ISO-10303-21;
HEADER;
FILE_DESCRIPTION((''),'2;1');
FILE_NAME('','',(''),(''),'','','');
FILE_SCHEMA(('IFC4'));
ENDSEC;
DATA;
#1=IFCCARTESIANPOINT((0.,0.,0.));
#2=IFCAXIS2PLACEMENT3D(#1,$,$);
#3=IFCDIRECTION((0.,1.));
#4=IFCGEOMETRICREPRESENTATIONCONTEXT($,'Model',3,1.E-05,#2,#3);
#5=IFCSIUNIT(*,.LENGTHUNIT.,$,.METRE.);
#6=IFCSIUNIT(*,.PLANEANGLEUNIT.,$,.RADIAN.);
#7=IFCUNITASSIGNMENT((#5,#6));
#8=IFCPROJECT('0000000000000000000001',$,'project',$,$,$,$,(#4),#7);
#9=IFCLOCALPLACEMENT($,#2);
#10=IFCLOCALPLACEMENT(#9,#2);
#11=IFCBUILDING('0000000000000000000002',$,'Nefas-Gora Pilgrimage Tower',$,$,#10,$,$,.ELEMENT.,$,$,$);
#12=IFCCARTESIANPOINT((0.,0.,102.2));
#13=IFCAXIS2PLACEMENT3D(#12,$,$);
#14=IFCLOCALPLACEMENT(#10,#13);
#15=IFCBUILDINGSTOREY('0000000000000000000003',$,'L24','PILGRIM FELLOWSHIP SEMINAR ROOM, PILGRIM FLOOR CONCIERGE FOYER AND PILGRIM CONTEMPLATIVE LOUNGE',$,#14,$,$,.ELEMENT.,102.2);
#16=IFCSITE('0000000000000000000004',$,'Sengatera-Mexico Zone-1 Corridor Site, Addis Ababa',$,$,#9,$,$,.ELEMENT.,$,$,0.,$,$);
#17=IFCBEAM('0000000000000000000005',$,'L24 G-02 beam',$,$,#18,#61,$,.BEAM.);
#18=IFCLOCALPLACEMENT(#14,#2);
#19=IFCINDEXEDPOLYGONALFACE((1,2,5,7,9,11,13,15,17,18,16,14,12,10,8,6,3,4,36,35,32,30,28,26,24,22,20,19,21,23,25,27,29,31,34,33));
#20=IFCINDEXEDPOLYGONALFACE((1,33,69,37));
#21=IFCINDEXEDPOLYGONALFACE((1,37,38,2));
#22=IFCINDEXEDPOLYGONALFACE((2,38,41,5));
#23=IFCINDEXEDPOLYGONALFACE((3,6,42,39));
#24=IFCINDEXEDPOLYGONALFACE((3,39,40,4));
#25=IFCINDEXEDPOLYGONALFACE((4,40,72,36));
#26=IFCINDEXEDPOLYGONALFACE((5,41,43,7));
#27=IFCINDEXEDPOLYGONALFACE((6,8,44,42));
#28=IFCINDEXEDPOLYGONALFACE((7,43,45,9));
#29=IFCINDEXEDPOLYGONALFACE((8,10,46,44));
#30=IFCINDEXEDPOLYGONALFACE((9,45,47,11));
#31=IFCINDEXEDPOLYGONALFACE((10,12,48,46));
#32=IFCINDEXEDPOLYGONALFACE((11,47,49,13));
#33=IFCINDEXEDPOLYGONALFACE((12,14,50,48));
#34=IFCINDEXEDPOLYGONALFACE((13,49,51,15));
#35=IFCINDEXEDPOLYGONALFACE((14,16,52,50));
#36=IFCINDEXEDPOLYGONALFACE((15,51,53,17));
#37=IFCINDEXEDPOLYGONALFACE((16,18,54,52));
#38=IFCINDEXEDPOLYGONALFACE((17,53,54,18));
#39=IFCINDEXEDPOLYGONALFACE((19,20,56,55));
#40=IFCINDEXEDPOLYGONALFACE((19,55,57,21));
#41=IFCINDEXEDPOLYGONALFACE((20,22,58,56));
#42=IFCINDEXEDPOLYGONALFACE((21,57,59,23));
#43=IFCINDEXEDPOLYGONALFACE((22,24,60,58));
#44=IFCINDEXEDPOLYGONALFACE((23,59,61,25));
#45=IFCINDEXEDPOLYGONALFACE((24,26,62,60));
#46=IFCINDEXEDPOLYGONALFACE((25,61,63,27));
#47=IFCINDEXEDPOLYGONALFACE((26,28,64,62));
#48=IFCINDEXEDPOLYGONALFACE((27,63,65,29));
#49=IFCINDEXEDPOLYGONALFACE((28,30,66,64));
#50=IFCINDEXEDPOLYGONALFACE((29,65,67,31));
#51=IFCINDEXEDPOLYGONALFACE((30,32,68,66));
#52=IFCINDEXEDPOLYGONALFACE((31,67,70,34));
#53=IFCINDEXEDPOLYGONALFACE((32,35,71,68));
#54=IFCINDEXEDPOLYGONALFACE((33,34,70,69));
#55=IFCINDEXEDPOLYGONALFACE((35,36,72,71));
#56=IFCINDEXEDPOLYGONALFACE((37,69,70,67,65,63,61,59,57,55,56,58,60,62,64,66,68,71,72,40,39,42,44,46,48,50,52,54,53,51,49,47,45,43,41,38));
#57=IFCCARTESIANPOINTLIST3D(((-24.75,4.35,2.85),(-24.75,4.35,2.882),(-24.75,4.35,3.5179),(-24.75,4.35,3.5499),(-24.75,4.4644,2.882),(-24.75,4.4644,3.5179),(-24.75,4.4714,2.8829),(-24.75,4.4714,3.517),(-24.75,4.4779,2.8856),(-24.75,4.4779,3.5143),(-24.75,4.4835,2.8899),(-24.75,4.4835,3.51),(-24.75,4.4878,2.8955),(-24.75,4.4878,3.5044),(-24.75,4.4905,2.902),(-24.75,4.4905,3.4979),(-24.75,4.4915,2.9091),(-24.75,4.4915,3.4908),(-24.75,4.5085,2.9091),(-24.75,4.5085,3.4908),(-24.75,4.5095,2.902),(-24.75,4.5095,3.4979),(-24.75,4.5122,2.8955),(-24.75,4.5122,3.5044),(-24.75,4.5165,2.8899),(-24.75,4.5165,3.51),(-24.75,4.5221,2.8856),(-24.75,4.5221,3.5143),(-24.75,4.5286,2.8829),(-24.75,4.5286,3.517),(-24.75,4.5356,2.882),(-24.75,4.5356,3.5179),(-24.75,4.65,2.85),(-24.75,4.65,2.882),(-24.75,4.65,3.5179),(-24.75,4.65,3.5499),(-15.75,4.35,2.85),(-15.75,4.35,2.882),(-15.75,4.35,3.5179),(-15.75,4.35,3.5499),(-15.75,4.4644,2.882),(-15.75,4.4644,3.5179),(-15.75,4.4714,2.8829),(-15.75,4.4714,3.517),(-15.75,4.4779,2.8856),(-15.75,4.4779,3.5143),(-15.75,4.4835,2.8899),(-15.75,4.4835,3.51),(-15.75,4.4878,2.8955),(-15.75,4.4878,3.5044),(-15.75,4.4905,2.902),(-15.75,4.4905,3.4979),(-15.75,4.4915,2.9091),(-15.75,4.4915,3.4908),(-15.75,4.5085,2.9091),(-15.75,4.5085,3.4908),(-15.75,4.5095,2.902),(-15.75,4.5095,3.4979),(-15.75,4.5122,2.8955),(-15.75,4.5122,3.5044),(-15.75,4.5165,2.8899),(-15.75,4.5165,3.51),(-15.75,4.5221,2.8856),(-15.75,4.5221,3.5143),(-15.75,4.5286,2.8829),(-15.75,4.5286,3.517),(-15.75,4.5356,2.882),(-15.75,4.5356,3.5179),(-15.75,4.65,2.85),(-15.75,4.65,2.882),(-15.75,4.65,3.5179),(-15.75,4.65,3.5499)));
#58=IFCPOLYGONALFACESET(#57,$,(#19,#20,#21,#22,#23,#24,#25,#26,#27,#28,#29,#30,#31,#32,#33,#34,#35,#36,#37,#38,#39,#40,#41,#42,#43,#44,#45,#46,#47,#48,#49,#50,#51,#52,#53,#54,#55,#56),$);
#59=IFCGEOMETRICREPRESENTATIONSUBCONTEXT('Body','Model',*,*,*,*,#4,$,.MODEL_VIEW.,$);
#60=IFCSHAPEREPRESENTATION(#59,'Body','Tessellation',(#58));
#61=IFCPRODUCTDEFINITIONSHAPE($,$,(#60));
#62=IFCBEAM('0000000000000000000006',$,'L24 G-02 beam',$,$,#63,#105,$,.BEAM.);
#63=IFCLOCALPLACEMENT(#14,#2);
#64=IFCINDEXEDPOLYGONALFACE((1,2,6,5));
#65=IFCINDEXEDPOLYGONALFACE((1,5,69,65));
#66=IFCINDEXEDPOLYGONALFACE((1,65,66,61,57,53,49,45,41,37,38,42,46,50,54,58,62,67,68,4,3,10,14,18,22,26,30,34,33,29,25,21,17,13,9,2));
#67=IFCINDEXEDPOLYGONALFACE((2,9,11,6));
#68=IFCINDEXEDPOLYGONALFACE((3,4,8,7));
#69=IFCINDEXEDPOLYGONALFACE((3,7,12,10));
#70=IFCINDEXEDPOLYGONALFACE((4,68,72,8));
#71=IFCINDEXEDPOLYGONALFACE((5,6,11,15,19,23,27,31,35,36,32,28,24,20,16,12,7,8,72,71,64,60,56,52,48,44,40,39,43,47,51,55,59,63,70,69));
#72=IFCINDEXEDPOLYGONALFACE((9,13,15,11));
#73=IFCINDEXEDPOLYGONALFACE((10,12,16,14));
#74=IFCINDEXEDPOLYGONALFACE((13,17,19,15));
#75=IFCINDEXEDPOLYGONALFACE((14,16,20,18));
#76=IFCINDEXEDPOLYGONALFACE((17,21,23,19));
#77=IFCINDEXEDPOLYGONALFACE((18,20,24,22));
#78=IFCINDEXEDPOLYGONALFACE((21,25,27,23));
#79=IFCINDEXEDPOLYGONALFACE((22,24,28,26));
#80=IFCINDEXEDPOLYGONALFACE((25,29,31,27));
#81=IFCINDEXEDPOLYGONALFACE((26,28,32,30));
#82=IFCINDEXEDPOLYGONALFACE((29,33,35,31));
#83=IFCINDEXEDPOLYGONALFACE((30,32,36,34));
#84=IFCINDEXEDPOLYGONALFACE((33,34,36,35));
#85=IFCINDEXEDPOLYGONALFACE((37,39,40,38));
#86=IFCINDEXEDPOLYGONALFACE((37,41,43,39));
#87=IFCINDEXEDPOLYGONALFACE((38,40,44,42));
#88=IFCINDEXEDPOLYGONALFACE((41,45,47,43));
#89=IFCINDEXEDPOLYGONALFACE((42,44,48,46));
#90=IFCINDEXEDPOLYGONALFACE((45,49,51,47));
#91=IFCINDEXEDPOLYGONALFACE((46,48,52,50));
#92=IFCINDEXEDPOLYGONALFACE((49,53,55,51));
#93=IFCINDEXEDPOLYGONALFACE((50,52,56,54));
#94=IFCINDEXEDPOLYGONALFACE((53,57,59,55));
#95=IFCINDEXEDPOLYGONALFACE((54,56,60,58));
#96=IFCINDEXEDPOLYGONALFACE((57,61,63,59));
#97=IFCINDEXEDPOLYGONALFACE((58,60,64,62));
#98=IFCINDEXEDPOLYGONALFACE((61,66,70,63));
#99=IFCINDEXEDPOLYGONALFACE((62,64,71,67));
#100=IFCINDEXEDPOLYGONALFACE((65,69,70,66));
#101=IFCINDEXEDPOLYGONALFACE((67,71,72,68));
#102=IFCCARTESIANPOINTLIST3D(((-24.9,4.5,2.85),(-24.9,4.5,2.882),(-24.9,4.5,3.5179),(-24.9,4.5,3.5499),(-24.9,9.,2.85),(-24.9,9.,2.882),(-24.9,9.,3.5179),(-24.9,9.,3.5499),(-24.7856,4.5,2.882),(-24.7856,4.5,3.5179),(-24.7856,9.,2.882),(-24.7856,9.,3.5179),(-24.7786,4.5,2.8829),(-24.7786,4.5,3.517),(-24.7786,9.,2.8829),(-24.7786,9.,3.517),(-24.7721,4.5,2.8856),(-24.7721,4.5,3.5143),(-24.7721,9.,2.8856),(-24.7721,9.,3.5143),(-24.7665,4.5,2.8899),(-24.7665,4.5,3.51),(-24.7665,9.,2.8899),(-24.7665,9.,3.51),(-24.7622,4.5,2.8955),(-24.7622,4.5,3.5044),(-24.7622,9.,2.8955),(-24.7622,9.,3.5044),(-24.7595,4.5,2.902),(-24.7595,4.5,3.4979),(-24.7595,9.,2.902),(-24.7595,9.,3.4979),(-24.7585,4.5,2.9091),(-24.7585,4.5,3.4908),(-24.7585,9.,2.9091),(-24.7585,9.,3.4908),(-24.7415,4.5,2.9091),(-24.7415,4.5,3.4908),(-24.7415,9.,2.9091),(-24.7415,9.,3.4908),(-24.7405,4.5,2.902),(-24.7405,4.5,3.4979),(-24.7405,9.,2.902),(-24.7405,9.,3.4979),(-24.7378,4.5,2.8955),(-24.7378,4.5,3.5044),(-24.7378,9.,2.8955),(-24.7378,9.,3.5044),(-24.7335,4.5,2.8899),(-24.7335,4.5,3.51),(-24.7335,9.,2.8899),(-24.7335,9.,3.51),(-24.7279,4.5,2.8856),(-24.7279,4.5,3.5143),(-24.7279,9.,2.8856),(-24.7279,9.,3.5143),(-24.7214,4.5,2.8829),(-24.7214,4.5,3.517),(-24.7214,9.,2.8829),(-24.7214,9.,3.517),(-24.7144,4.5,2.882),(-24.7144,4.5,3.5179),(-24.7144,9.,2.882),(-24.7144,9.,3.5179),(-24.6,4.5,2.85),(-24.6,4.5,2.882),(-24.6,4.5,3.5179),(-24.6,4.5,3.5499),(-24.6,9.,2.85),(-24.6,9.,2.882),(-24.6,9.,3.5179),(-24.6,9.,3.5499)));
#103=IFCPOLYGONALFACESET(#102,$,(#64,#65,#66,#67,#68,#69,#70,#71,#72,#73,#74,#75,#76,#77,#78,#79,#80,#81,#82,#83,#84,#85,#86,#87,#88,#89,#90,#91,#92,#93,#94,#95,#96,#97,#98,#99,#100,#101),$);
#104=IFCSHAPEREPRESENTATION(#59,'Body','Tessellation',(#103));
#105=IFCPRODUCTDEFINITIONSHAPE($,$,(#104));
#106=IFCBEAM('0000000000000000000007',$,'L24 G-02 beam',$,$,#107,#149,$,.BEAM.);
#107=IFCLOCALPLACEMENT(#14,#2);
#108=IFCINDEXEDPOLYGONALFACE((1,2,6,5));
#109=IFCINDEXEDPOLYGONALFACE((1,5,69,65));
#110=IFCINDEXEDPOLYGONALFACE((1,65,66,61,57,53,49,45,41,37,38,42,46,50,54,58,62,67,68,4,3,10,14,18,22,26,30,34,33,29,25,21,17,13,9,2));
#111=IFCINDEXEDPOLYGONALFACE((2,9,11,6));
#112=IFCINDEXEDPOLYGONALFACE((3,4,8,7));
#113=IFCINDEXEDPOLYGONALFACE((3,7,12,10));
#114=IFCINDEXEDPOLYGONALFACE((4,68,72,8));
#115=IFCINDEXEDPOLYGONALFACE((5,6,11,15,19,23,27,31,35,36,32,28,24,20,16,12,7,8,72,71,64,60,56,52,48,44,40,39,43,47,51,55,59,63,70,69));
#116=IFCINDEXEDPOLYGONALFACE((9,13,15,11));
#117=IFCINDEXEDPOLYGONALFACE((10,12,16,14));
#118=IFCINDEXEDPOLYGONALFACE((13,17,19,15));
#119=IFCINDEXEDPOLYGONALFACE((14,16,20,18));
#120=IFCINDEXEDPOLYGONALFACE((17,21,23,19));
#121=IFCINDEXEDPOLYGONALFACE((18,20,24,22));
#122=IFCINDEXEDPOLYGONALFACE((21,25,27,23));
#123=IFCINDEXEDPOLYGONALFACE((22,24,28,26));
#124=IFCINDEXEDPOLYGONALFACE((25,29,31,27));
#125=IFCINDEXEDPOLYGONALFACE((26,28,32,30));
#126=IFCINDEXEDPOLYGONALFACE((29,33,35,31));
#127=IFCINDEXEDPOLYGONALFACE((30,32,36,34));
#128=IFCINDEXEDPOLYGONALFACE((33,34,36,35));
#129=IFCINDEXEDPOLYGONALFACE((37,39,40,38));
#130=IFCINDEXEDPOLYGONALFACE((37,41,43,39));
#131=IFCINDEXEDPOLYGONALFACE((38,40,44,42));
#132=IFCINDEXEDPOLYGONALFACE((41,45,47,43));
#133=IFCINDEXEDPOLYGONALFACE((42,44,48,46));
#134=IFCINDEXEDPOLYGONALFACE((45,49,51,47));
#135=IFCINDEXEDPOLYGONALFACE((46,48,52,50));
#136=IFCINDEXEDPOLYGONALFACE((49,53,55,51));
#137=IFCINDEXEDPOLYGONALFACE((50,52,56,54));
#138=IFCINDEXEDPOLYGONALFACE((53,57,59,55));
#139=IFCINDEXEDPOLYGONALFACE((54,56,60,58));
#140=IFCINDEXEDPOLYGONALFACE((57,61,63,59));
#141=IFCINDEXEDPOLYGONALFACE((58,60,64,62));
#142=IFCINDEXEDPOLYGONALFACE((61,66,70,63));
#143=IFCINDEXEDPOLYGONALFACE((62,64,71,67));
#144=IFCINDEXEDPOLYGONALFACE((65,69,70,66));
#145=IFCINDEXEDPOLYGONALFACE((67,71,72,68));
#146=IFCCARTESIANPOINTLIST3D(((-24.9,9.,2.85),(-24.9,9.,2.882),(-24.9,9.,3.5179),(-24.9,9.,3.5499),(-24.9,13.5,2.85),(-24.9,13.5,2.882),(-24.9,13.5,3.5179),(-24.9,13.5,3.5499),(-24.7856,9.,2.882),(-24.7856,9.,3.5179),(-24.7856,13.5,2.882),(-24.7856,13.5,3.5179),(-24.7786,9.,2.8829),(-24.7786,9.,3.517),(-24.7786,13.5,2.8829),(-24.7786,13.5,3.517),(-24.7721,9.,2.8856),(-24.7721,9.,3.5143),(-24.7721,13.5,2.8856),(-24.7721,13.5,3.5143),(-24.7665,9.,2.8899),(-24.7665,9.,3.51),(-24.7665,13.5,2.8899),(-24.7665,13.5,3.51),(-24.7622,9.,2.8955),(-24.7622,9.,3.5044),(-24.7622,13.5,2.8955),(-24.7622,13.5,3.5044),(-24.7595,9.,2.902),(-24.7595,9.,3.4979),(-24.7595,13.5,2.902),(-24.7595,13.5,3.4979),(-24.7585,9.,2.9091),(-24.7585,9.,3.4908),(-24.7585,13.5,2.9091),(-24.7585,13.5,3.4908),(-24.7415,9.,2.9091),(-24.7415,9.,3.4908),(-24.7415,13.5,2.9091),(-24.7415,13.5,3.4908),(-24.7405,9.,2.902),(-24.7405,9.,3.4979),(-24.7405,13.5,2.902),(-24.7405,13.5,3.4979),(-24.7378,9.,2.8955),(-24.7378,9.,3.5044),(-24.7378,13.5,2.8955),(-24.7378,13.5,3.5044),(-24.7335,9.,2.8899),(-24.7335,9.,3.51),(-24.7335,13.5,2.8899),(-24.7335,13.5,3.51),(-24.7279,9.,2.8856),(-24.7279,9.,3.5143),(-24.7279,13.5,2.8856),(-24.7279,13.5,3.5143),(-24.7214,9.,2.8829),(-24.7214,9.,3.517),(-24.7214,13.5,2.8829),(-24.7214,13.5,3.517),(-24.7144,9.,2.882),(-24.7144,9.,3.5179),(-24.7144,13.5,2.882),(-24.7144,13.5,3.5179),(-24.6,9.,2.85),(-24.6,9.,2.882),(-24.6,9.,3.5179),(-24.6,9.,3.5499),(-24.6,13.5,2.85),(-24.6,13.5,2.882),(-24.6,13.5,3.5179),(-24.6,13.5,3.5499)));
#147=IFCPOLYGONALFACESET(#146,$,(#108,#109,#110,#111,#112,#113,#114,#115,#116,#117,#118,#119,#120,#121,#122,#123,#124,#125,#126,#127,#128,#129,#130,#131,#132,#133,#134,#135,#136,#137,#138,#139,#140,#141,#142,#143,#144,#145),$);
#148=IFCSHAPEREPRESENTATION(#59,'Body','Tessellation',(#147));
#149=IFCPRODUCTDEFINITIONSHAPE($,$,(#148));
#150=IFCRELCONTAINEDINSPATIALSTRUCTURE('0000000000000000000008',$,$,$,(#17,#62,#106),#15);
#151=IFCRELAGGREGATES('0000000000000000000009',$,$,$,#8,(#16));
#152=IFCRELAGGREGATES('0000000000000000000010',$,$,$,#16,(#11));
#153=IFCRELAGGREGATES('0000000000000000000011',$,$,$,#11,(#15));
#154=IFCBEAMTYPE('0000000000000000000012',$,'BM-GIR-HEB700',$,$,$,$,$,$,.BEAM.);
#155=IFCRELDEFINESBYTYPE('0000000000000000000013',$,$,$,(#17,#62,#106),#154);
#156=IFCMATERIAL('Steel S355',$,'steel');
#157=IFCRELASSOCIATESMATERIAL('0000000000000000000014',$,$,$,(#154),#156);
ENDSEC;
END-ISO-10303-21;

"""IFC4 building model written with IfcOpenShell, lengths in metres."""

from ifc_helpers import new_model, si_unit, direction, frame, origin, origin_2d, place, context, subcontext, project, spatial, i_section, extrude, source, transform, mapped, material, material_profile, profile_set, type_object, element, save


model = new_model("IFC4")

# Units and contexts
model_context = context("Model", 3, precision=1e-05, world=origin(), true_north=direction((0.0, 1.0)))
body_context = subcontext(model_context, "Body", "Model", "MODEL_VIEW")
ifc_project = project(units=[si_unit("LENGTHUNIT", "METRE"), si_unit("PLANEANGLEUNIT", "RADIAN")], contexts=[model_context])

# Site, building, storey
site_placement = place(None, origin())
site = spatial("IfcSite", under=ifc_project, at=site_placement, Name="Sengatera-Mexico Zone-1 Corridor Site, Addis Ababa", CompositionType="ELEMENT", RefElevation=0.0)
building_placement = place(site_placement, origin())
building = spatial("IfcBuilding", under=site, at=building_placement, Name="Nefas-Gora Pilgrimage Tower", CompositionType="ELEMENT")
storey_placement = place(building_placement, frame((0.0, 0.0, 102.2)))
storey = spatial("IfcBuildingStorey", under=building, at=storey_placement, Name="L24", Description="PILGRIM FELLOWSHIP SEMINAR ROOM, PILGRIM FLOOR CONCIERGE FOYER AND PILGRIM CONTEMPLATIVE LOUNGE", CompositionType="ELEMENT", Elevation=102.2)

# Beams
ifc_material_1 = material(Name="Steel S355", Category="steel")
ifc_material_profile_1 = material_profile(ifc_material_1, i_section(OverallWidth=0.3, OverallDepth=0.7, WebThickness=0.0171, FlangeThickness=0.032, FilletRadius=0.0271, at=origin_2d()), Name="HEB 700")
ifc_profile_set_1 = profile_set([ifc_material_profile_1], Name="Steel S355")
beam_type_1 = type_object("IfcBeamType", Name="BM-GIR-HEB700", PredefinedType="BEAM", material=ifc_profile_set_1)
shared_shape_1 = source(origin(), body_context, "Body", "SweptSolid", [
    extrude(i_section(OverallWidth=0.3, OverallDepth=0.7, WebThickness=0.0171, FlangeThickness=0.032, FilletRadius=0.0271, at=origin_2d()), origin(), (0.0, 0.0, 1.0), 9.0),
])
for number, where, z_axis, x_axis, name in (
    (1, (-24.75, 4.5, 3.2), (1.0, 0.0, 0.0), (0.0, 1.0, 0.0), "L24 G-02 beam"),
):
    element("IfcBeam", number, at=place(storey_placement, frame(where, z_axis=z_axis, x_axis=x_axis)), inside=storey, type_object=beam_type_1, Name=name, PredefinedType="BEAM", context=body_context, shape_type="MappedRepresentation", body=[
        mapped(shared_shape_1, transform((0.0, 0.0, 0.0), x_axis=(1.0, 0.0, 0.0), y_axis=(0.0, 1.0, 0.0), z_axis=(0.0, 0.0, 1.0), scale=1.0)),
    ])
shared_shape_2 = source(origin(), body_context, "Body", "SweptSolid", [
    extrude(i_section(OverallWidth=0.3, OverallDepth=0.7, WebThickness=0.0171, FlangeThickness=0.032, FilletRadius=0.0271, at=origin_2d()), origin(), (0.0, 0.0, 1.0), 4.5),
])
for number, where, z_axis, x_axis, name in (
    (2, (-24.75, 4.5, 3.2), (0.0, 1.0, 0.0), (-1.0, 0.0, 0.0), "L24 G-02 beam"),
    (3, (-24.75, 9.0, 3.2), (0.0, 1.0, 0.0), (-1.0, 0.0, 0.0), "L24 G-02 beam"),
):
    element("IfcBeam", number, at=place(storey_placement, frame(where, z_axis=z_axis, x_axis=x_axis)), inside=storey, type_object=beam_type_1, Name=name, PredefinedType="BEAM", context=body_context, shape_type="MappedRepresentation", body=[
        mapped(shared_shape_2, transform((0.0, 0.0, 0.0), x_axis=(1.0, 0.0, 0.0), y_axis=(0.0, 1.0, 0.0), z_axis=(0.0, 0.0, 1.0), scale=1.0)),
    ])

save(model, "model.ifc")
